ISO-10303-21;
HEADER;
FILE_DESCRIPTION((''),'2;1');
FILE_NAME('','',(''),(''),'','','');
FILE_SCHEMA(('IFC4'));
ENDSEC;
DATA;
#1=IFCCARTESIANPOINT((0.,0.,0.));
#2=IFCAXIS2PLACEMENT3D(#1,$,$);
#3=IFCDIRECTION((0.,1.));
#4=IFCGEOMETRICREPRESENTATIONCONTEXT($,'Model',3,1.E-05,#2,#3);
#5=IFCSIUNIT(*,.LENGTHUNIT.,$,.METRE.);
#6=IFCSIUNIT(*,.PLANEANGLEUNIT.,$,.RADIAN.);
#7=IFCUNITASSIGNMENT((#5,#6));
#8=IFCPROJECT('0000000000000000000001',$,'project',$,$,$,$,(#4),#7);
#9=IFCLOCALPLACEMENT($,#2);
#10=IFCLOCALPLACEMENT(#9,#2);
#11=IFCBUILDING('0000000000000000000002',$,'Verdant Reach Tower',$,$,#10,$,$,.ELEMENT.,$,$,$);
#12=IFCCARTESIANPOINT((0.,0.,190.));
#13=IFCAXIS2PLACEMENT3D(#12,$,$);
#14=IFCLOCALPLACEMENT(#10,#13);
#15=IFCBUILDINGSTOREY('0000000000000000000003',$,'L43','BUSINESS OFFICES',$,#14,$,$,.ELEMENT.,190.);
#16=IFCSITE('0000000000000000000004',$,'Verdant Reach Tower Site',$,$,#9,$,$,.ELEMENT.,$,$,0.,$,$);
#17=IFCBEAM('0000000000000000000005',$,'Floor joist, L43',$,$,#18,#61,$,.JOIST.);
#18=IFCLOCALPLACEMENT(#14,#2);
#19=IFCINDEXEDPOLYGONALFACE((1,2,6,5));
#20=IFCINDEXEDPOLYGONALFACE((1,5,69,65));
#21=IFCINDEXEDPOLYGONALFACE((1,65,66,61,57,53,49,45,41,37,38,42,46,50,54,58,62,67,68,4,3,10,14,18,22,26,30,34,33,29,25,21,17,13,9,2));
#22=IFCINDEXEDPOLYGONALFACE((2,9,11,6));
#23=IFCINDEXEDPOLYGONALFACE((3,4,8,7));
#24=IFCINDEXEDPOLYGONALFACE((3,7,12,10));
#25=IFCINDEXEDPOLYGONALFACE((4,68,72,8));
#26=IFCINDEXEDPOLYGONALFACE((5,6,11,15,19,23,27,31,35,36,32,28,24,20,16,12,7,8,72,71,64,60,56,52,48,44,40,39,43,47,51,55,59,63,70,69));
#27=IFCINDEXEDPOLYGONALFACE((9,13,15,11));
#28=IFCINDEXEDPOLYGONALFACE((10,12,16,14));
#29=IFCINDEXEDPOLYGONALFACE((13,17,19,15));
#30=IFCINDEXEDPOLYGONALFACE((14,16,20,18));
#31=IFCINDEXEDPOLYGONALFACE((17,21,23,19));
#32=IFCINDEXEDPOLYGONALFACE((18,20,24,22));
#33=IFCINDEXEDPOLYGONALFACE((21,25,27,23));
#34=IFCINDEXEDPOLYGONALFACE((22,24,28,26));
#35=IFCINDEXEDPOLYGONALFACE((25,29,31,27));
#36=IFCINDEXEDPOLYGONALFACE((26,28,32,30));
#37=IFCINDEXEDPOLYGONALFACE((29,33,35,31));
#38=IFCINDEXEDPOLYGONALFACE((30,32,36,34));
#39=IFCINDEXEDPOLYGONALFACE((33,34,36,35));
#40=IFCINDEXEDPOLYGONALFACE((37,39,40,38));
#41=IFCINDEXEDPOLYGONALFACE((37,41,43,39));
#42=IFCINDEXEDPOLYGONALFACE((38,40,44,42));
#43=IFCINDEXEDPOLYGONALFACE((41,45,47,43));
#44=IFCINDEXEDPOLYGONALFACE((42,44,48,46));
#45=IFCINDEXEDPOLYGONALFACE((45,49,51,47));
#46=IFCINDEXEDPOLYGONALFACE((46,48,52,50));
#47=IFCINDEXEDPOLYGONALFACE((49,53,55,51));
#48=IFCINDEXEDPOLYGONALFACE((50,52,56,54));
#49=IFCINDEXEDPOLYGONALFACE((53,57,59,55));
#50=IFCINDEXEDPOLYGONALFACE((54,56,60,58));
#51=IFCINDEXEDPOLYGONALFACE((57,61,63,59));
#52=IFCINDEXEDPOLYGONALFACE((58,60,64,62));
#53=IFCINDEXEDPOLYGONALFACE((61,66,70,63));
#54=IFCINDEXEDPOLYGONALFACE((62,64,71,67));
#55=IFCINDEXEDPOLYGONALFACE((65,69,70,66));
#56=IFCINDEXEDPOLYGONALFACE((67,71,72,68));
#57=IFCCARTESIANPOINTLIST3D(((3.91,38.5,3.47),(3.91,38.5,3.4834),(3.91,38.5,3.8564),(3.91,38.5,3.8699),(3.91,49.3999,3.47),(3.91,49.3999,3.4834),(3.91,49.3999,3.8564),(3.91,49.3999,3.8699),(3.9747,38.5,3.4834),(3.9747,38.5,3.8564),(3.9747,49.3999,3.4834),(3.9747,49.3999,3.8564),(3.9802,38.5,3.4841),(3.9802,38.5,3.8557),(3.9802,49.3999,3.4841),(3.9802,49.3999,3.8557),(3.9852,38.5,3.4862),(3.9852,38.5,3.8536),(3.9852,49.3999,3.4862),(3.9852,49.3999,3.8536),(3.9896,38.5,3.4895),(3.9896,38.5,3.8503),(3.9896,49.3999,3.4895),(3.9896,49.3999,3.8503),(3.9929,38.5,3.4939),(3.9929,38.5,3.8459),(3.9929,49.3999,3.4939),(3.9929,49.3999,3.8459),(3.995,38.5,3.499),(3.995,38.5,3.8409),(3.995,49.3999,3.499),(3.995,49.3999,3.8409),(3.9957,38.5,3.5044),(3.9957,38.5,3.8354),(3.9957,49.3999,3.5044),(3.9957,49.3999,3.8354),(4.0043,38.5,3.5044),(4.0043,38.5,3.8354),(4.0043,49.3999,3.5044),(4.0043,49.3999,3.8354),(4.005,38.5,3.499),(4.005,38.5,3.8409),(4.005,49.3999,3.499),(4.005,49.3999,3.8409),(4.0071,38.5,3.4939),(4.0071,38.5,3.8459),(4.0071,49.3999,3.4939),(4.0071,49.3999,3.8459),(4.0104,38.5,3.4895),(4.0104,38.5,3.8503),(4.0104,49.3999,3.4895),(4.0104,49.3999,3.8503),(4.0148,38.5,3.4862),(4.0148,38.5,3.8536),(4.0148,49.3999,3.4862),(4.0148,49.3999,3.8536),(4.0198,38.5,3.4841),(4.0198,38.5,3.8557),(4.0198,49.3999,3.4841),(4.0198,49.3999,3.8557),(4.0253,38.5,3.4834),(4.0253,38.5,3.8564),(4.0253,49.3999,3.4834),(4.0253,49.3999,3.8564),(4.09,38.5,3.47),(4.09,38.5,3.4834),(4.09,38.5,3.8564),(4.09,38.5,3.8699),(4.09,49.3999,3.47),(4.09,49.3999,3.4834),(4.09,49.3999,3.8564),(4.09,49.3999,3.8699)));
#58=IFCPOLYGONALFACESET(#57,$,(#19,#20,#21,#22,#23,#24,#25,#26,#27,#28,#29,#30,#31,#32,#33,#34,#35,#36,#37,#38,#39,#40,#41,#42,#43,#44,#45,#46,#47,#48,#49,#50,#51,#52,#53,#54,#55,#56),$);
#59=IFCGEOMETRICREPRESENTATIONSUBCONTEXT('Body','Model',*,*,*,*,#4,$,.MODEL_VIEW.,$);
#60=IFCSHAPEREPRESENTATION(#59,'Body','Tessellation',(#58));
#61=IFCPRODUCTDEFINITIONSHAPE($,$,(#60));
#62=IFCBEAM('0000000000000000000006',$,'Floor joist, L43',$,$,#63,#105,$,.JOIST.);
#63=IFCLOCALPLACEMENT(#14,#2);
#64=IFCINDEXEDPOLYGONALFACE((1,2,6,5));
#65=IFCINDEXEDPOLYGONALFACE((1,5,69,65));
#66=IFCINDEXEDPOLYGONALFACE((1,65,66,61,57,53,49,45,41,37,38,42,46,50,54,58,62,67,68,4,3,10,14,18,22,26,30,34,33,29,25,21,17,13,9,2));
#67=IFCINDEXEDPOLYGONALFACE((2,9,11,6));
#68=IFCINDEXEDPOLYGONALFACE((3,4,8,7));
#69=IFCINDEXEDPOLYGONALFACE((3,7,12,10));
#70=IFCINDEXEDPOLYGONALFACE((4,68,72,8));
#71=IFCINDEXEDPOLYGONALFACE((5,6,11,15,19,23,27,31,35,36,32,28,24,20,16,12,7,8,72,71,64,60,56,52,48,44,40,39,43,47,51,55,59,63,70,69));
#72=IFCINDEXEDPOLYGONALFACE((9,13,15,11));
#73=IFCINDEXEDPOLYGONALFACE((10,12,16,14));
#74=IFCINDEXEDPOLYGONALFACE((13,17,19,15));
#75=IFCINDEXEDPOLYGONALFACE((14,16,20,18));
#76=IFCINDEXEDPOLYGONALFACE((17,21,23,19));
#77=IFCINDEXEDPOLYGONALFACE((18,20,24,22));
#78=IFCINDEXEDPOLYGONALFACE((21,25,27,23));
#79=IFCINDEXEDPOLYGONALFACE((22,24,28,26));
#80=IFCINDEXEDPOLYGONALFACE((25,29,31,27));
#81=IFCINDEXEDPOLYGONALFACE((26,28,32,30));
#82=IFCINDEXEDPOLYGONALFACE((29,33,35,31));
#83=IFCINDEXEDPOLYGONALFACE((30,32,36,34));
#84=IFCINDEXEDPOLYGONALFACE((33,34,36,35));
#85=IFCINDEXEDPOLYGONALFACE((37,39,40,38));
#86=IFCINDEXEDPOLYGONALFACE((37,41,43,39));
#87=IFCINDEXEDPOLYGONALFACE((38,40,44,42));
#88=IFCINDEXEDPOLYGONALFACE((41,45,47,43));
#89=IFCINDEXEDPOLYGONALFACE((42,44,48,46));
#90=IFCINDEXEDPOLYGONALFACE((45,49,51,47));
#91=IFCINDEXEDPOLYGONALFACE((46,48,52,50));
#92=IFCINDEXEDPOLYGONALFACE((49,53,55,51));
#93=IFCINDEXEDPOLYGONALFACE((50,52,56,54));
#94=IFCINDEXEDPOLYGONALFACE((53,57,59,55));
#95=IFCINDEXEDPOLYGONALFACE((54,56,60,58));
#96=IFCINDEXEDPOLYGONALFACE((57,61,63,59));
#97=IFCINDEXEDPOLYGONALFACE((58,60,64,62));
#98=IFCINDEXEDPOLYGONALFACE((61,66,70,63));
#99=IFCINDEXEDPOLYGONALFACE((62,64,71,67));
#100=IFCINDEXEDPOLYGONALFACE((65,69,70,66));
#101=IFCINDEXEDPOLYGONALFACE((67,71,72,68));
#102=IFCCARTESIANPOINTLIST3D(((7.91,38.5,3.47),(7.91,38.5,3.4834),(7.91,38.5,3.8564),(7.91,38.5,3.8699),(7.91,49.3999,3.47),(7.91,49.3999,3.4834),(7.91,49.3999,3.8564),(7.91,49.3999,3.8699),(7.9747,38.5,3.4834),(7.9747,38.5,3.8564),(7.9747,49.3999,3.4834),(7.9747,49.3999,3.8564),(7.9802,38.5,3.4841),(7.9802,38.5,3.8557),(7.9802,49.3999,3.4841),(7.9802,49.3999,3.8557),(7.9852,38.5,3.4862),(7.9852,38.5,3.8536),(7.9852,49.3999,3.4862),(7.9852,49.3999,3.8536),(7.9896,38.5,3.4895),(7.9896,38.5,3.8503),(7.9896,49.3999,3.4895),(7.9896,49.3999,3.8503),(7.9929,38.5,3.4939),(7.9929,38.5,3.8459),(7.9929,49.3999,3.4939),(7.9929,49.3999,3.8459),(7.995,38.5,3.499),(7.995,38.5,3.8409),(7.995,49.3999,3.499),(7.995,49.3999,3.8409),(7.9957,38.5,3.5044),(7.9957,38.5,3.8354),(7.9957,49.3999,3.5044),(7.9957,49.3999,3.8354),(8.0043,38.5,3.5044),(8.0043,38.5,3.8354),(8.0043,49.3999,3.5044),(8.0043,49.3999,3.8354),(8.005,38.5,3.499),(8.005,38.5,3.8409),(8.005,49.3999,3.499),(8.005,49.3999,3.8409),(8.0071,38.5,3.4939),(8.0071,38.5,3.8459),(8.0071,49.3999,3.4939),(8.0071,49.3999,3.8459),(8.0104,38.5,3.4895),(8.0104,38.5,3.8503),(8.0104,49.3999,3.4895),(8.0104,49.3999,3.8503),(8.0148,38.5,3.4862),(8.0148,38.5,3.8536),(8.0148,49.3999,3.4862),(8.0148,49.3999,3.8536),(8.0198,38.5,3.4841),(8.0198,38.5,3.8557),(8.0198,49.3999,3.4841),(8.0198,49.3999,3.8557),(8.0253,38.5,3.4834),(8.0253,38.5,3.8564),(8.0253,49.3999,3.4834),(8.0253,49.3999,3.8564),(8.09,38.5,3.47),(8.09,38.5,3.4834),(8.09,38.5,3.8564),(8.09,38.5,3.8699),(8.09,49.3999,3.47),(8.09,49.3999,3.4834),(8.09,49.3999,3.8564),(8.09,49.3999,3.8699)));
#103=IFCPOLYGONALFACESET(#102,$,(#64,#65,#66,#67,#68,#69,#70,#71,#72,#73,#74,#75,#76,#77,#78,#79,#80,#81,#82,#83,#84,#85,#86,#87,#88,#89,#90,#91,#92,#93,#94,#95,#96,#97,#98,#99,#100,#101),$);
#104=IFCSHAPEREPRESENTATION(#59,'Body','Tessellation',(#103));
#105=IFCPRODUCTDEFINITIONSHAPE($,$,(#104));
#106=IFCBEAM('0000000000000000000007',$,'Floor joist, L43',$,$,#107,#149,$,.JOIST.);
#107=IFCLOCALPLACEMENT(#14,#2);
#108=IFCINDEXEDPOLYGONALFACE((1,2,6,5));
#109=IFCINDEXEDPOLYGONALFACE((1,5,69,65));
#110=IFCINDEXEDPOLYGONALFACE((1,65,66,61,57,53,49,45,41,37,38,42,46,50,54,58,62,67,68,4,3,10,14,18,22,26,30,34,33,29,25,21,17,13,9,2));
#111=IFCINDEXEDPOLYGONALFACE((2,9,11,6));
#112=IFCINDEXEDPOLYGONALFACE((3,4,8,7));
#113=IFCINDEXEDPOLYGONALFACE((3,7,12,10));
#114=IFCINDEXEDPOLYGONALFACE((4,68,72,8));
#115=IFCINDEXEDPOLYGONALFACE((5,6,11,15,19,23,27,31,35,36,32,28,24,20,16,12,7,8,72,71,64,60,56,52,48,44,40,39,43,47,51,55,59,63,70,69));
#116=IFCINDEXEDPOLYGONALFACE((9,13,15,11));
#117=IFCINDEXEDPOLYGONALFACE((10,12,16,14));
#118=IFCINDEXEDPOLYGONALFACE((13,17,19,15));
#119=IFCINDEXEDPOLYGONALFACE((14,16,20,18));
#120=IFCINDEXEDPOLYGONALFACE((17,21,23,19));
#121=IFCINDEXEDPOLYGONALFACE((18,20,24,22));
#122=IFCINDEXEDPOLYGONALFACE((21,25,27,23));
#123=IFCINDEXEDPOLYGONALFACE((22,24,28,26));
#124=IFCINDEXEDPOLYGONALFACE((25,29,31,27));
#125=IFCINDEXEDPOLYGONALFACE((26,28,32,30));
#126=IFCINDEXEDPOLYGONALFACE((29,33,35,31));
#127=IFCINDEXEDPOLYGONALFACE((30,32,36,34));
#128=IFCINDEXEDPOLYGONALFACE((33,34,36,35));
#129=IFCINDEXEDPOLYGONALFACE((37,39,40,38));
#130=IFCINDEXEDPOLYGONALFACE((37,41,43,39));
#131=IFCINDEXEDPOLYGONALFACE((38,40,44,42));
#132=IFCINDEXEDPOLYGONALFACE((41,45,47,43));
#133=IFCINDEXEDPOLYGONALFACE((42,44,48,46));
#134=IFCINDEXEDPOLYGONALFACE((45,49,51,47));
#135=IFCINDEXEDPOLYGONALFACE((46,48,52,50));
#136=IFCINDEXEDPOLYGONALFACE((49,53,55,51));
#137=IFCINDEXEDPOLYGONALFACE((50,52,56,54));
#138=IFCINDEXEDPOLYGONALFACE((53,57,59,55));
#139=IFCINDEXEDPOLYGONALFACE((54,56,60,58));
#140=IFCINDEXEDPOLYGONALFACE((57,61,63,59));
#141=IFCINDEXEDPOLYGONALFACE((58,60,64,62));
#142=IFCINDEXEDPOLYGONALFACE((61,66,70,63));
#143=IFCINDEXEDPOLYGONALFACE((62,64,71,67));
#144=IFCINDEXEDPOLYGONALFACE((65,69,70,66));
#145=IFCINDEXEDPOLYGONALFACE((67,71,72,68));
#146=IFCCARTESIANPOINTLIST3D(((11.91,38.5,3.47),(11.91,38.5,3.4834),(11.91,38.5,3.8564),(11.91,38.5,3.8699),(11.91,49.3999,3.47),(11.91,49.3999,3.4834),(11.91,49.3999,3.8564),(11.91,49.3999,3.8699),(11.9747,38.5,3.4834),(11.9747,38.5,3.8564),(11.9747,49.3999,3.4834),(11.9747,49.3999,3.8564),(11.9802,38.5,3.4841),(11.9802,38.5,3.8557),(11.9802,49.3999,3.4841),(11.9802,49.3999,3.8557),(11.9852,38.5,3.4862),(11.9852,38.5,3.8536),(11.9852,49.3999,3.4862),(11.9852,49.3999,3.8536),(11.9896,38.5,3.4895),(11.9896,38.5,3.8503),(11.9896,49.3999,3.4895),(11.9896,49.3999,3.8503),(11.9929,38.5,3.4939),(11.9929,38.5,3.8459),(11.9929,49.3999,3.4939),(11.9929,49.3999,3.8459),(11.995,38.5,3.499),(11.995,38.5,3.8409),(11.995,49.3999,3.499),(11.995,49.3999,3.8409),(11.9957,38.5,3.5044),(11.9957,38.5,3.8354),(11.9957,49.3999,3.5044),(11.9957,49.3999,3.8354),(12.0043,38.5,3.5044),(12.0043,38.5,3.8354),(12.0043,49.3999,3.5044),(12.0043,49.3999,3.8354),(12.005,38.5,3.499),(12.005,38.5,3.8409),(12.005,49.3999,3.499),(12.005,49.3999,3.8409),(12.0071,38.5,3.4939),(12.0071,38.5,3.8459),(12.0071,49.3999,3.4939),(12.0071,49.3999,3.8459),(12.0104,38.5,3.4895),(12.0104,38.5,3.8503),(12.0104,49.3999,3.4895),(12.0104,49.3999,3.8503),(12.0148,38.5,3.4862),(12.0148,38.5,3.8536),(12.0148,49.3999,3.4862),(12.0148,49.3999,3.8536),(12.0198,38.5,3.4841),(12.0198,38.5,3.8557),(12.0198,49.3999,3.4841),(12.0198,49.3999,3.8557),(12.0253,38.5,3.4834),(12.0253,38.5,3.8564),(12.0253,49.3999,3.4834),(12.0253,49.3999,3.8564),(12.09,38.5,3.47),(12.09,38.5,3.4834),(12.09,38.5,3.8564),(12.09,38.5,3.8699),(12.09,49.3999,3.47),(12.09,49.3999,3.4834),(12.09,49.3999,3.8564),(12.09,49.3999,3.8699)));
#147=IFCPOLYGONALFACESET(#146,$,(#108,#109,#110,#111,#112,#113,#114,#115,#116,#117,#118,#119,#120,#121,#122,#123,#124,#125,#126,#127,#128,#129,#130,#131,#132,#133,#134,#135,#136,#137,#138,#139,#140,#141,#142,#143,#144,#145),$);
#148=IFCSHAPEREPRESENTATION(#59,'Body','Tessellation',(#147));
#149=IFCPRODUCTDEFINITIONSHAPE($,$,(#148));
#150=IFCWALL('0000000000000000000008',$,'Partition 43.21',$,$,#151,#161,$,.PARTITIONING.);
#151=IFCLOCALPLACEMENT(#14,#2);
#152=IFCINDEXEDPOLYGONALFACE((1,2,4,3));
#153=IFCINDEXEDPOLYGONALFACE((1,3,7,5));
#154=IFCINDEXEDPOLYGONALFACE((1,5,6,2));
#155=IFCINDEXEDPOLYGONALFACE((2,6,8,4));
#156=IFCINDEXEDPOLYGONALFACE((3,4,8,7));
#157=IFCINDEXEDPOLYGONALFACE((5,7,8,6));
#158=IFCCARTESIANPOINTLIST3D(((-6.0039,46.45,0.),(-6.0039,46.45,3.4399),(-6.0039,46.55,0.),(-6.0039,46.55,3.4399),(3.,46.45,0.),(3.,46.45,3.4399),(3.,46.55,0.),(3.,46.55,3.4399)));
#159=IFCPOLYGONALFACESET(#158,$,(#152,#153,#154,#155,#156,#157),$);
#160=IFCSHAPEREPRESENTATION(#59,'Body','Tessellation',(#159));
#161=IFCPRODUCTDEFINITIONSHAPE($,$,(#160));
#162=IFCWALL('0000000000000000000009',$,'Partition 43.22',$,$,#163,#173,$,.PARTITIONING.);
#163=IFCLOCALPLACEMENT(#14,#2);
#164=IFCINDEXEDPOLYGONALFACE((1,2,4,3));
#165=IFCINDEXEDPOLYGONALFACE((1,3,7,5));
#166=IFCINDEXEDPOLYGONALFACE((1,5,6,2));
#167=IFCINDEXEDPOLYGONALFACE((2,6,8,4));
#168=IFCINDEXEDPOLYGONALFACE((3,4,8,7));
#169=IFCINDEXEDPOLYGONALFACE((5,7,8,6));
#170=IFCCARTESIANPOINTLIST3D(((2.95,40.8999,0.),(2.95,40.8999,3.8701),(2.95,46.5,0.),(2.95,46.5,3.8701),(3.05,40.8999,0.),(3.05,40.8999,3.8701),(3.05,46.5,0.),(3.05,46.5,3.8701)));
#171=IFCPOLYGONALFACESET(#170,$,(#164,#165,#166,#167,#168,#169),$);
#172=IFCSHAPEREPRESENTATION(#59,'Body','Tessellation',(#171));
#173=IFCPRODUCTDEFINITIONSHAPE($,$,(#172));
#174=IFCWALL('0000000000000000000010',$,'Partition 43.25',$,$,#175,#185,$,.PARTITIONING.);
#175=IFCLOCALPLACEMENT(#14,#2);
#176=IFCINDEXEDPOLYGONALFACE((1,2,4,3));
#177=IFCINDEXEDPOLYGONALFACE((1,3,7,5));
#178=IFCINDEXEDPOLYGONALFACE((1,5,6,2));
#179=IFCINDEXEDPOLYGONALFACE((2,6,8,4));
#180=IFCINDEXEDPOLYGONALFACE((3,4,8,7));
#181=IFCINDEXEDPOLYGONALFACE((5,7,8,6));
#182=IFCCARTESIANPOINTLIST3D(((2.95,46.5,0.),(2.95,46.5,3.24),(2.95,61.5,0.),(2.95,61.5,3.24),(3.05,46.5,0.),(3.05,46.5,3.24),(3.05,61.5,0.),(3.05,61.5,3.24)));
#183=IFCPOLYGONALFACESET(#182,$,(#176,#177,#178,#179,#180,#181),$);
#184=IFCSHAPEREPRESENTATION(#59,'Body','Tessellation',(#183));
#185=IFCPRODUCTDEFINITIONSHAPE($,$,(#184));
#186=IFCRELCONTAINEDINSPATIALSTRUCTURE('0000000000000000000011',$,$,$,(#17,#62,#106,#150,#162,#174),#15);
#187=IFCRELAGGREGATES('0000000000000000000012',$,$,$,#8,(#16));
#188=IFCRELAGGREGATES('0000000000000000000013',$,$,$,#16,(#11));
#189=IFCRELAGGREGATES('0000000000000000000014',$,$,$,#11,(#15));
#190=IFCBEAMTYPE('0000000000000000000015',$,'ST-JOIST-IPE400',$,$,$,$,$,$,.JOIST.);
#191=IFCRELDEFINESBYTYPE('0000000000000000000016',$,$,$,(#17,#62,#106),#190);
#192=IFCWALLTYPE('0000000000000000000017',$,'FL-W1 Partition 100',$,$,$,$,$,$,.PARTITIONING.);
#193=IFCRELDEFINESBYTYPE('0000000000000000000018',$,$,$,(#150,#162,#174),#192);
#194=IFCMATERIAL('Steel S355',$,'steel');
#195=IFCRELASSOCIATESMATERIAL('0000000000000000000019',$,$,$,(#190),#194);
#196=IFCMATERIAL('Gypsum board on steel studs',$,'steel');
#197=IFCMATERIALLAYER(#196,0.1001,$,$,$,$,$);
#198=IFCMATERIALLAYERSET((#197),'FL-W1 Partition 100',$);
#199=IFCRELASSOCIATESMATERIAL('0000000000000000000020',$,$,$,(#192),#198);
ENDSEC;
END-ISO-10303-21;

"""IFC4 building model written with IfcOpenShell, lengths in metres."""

from ifc_helpers import new_model, si_unit, direction, frame, frame_2d, origin, origin_2d, place, context, subcontext, project, spatial, rectangle, i_section, extrude, material, layer, layer_set, material_profile, profile_set, type_object, element, save


model = new_model("IFC4")

# Units and contexts
model_context = context("Model", 3, precision=1e-05, world=origin(), true_north=direction((0.0, 1.0)))
body_context = subcontext(model_context, "Body", "Model", "MODEL_VIEW")
ifc_project = project(units=[si_unit("LENGTHUNIT", "METRE"), si_unit("PLANEANGLEUNIT", "RADIAN")], contexts=[model_context])

# Site, building, storey
site_placement = place(None, origin())
site = spatial("IfcSite", under=ifc_project, at=site_placement, Name="Verdant Reach Tower Site", CompositionType="ELEMENT", RefElevation=0.0)
building_placement = place(site_placement, origin())
building = spatial("IfcBuilding", under=site, at=building_placement, Name="Verdant Reach Tower", CompositionType="ELEMENT")
storey_placement = place(building_placement, frame((0.0, 0.0, 190.0)))
storey = spatial("IfcBuildingStorey", under=building, at=storey_placement, Name="L43", Description="BUSINESS OFFICES", CompositionType="ELEMENT", Elevation=190.0)

# Beams
ifc_material_1 = material(Name="Steel S355", Category="steel")
ifc_material_profile = material_profile(ifc_material_1, i_section(OverallWidth=0.1799, OverallDepth=0.3999, WebThickness=0.0085, FlangeThickness=0.0134, FilletRadius=0.021, at=origin_2d()), Name="IPE 400")
ifc_profile_set = profile_set([ifc_material_profile], Name="Steel S355")
beam_type = type_object("IfcBeamType", Name="ST-JOIST-IPE400", PredefinedType="JOIST", material=ifc_profile_set)
for number, where, z_axis, x_axis, name in (
    (1, (4.0, 38.5, 3.6699), (0.0, 1.0, 0.0), (-1.0, 0.0, 0.0), "Floor joist, L43"),
    (2, (8.0, 38.5, 3.6699), (0.0, 1.0, 0.0), (-1.0, 0.0, 0.0), "Floor joist, L43"),
    (3, (12.0, 38.5, 3.6699), (0.0, 1.0, 0.0), (-1.0, 0.0, 0.0), "Floor joist, L43"),
):
    element("IfcBeam", number, at=place(storey_placement, frame(where, z_axis=z_axis, x_axis=x_axis)), inside=storey, type_object=beam_type, Name=name, PredefinedType="JOIST", context=body_context, shape_type="SweptSolid", body=[
        extrude(i_section(OverallWidth=0.1799, OverallDepth=0.3999, WebThickness=0.0085, FlangeThickness=0.0134, FilletRadius=0.021, at=origin_2d()), origin(), (0.0, 0.0, 1.0), 10.8999),
    ])

# Walls
ifc_material_2 = material(Name="Gypsum board on steel studs", Category="steel")
ifc_layer_1 = layer(ifc_material_2, 0.1001)
ifc_layer_set_1 = layer_set([ifc_layer_1], Name="FL-W1 Partition 100")
wall_type_1 = type_object("IfcWallType", Name="FL-W1 Partition 100", PredefinedType="PARTITIONING", material=ifc_layer_set_1)
wall_1_placement = place(storey_placement, frame((3.0, 46.5, 0.0), z_axis=(0.0, 0.0, 1.0), x_axis=(-1.0, 0.0, 0.0)))
element("IfcWall", 4, at=wall_1_placement, inside=storey, type_object=wall_type_1, Name="Partition 43.21", PredefinedType="PARTITIONING", context=body_context, shape_type="SweptSolid", body=[
    extrude(rectangle(XDim=9.0039, YDim=0.1001, at=frame_2d((4.502, 0.0))), origin(), (0.0, 0.0, 1.0), 3.4399),
])
wall_2_placement = place(storey_placement, frame((3.0, 40.8999, 0.0), z_axis=(0.0, 0.0, 1.0), x_axis=(0.0, 1.0, 0.0)))
element("IfcWall", 5, at=wall_2_placement, inside=storey, type_object=wall_type_1, Name="Partition 43.22", PredefinedType="PARTITIONING", context=body_context, shape_type="SweptSolid", body=[
    extrude(rectangle(XDim=5.6001, YDim=0.1001, at=frame_2d((2.8, 0.0))), origin(), (0.0, 0.0, 1.0), 3.8701),
])
wall_3_placement = place(storey_placement, frame((3.0, 46.5, 0.0), z_axis=(0.0, 0.0, 1.0), x_axis=(0.0, 1.0, 0.0)))
element("IfcWall", 6, at=wall_3_placement, inside=storey, type_object=wall_type_1, Name="Partition 43.25", PredefinedType="PARTITIONING", context=body_context, shape_type="SweptSolid", body=[
    extrude(rectangle(XDim=15.0, YDim=0.1001, at=frame_2d((7.5, 0.0))), origin(), (0.0, 0.0, 1.0), 3.24),
])

save(model, "model.ifc")
